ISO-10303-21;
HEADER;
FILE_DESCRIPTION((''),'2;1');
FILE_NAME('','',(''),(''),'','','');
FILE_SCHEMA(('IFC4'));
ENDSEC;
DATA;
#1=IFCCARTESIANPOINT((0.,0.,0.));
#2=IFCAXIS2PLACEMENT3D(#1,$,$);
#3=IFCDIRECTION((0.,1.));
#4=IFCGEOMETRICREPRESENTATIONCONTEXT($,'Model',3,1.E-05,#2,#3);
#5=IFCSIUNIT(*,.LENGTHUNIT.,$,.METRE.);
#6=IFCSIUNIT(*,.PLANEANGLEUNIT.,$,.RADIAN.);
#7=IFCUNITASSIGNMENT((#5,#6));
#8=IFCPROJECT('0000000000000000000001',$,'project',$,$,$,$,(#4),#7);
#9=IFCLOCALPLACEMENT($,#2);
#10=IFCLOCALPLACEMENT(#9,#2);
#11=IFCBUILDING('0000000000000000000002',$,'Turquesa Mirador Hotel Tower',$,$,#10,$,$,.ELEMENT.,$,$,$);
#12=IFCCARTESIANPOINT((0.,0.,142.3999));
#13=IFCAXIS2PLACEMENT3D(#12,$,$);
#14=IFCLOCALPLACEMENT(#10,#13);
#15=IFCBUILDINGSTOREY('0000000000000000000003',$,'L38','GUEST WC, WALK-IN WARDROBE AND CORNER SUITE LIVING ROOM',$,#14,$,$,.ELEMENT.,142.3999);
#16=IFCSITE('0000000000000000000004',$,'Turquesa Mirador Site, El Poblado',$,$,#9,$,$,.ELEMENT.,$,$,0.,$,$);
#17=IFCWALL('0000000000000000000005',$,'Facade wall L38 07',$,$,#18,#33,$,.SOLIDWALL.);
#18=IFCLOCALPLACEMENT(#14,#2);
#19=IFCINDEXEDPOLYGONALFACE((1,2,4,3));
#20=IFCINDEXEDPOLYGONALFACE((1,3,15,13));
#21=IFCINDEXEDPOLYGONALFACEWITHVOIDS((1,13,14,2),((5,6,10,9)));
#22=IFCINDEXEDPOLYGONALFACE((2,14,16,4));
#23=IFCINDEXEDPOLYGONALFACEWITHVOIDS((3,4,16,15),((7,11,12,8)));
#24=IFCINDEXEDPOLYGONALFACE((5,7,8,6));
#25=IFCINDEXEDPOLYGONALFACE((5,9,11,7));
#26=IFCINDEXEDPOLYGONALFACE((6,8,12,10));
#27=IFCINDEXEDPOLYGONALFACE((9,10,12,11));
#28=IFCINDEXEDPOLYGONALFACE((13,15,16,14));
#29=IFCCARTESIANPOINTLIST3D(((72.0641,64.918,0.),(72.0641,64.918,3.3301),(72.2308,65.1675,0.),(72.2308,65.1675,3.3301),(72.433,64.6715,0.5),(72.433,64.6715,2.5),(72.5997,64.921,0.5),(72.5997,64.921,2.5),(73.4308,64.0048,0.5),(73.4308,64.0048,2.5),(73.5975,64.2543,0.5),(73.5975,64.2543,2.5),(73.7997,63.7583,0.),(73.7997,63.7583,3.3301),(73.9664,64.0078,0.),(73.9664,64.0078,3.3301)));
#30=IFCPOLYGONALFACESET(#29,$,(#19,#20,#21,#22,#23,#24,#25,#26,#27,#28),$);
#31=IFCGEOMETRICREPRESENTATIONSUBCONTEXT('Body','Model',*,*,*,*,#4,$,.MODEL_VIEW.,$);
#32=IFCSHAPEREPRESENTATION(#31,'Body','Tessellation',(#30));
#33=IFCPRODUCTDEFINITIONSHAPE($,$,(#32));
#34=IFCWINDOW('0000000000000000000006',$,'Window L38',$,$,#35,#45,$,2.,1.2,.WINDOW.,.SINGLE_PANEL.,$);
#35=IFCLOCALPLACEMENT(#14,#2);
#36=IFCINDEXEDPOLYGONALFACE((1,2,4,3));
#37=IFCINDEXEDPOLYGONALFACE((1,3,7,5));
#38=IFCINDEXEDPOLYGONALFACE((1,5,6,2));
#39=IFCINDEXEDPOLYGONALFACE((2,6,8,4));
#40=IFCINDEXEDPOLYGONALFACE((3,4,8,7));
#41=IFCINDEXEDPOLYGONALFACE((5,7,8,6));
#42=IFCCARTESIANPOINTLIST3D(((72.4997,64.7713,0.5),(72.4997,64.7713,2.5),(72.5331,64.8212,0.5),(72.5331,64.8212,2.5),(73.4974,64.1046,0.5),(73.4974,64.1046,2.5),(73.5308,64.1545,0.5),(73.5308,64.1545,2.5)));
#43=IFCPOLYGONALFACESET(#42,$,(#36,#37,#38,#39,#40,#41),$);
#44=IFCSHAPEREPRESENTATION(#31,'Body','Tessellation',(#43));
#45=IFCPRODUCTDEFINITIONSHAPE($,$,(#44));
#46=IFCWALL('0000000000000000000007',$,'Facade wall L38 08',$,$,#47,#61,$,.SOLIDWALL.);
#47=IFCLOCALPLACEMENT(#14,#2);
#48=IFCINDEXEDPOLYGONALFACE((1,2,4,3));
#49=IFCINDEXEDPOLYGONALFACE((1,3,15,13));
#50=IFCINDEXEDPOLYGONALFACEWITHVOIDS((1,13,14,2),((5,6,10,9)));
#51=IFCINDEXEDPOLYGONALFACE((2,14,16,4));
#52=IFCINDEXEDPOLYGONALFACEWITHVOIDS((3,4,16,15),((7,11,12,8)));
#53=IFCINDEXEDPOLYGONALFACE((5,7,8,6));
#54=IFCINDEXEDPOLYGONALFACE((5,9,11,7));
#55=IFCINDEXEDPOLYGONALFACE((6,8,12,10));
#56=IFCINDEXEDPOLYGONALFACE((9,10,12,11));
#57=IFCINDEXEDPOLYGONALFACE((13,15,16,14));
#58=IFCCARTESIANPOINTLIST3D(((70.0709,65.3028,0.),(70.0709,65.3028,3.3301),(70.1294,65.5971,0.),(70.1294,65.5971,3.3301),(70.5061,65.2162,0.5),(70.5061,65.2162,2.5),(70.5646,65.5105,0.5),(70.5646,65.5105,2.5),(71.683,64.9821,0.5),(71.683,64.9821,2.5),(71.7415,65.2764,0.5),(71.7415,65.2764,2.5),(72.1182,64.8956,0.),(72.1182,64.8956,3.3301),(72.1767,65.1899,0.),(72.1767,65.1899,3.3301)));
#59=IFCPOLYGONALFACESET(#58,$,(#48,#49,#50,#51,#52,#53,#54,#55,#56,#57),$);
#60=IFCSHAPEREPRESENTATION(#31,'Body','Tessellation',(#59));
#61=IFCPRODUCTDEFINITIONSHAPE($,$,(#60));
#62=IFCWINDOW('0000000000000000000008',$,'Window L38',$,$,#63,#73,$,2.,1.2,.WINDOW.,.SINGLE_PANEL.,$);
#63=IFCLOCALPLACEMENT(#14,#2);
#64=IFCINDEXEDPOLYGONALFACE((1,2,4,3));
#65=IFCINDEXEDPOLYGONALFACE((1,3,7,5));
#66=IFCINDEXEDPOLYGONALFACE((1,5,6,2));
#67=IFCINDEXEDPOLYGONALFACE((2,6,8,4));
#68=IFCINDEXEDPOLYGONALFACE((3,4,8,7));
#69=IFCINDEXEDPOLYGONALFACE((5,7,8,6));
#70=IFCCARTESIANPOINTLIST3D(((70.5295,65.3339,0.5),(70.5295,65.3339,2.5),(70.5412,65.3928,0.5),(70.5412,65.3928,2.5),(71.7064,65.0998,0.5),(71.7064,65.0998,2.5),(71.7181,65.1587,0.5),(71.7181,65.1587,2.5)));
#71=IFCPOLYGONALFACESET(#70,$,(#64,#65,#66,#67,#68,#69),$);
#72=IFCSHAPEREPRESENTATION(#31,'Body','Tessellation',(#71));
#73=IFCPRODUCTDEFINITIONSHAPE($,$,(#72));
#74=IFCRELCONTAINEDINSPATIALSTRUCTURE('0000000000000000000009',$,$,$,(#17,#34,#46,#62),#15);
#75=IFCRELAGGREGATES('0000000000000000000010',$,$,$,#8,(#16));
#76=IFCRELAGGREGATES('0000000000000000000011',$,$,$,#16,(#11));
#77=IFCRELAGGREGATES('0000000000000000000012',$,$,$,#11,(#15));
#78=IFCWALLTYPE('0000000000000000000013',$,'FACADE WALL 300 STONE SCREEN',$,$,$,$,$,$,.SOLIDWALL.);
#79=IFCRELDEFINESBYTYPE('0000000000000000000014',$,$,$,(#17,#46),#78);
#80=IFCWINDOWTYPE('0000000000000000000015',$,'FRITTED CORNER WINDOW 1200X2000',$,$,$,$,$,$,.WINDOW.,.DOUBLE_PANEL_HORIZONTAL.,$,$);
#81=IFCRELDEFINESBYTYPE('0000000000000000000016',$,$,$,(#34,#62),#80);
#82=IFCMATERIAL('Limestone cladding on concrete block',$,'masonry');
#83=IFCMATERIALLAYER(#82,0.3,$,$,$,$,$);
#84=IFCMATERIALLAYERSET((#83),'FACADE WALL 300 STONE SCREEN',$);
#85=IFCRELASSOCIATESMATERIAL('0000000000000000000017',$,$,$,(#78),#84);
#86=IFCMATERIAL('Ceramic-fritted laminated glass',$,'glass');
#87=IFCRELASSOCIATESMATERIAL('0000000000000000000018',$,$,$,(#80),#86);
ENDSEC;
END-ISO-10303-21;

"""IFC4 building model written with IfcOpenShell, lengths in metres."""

from ifc_helpers import new_model, si_unit, direction, frame, frame_2d, origin, place, context, subcontext, project, spatial, rectangle, extrude, material, layer, layer_set, type_object, element, fill, save


model = new_model("IFC4")

# Units and contexts
model_context = context("Model", 3, precision=1e-05, world=origin(), true_north=direction((0.0, 1.0)))
body_context = subcontext(model_context, "Body", "Model", "MODEL_VIEW")
ifc_project = project(units=[si_unit("LENGTHUNIT", "METRE"), si_unit("PLANEANGLEUNIT", "RADIAN")], contexts=[model_context])

# Site, building, storey
site_placement = place(None, origin())
site = spatial("IfcSite", under=ifc_project, at=site_placement, Name="Turquesa Mirador Site, El Poblado", CompositionType="ELEMENT", RefElevation=0.0)
building_placement = place(site_placement, origin())
building = spatial("IfcBuilding", under=site, at=building_placement, Name="Turquesa Mirador Hotel Tower", CompositionType="ELEMENT")
storey_placement = place(building_placement, frame((0.0, 0.0, 142.3999)))
storey = spatial("IfcBuildingStorey", under=building, at=storey_placement, Name="L38", Description="GUEST WC, WALK-IN WARDROBE AND CORNER SUITE LIVING ROOM", CompositionType="ELEMENT", Elevation=142.3999)

# Walls, openings, windows
ifc_material_1 = material(Name="Limestone cladding on concrete block", Category="masonry")
ifc_layer = layer(ifc_material_1, 0.3)
ifc_layer_set = layer_set([ifc_layer], Name="FACADE WALL 300 STONE SCREEN")
wall_type = type_object("IfcWallType", Name="FACADE WALL 300 STONE SCREEN", PredefinedType="SOLIDWALL", material=ifc_layer_set)
ifc_material_2 = material(Name="Ceramic-fritted laminated glass", Category="glass")
window_type = type_object("IfcWindowType", Name="FRITTED CORNER WINDOW 1200X2000", PartitioningType="DOUBLE_PANEL_HORIZONTAL", PredefinedType="WINDOW", material=ifc_material_2)
wall_1_placement = place(storey_placement, frame((73.8831, 63.8831, 0.0), z_axis=(0.0, 0.0, 1.0), x_axis=(-0.831474, 0.555564, 0.0)))
wall_1 = element("IfcWall", 1, at=wall_1_placement, inside=storey, type_object=wall_type, Name="Facade wall L38 07", PredefinedType="SOLIDWALL", context=body_context, shape_type="SweptSolid", body=[
    extrude(rectangle(XDim=2.0874, YDim=0.3, at=frame_2d((1.0437, 0.0))), origin(), (0.0, 0.0, 1.0), 3.3301),
])
opening_1_placement = place(wall_1_placement, frame((0.4436, 0.0, 0.5)))
opening_1 = element("IfcOpeningElement", 2, at=opening_1_placement, cuts=wall_1, PredefinedType="OPENING", context=body_context, shape_type="SweptSolid", body=[
    extrude(rectangle(XDim=1.2, YDim=2.0, at=frame_2d((0.6001, 1.0))), frame((0.0, 0.1599, 0.0), z_axis=(0.0, -1.0, 0.0), x_axis=(1.0, 0.0, 0.0)), (0.0, 0.0, 1.0), 0.3201),
])
window_1_placement = place(opening_1_placement, origin())
window_1 = element("IfcWindow", 3, at=window_1_placement, inside=storey, type_object=window_type, Name="Window L38", OverallHeight=2.0, OverallWidth=1.2, PartitioningType="SINGLE_PANEL", PredefinedType="WINDOW", context=body_context, shape_type="SweptSolid", body=[
    extrude(rectangle(XDim=1.2, YDim=2.0, at=frame_2d((0.6001, 1.0))), frame((0.0, 0.03, 0.0), z_axis=(0.0, -1.0, 0.0), x_axis=(1.0, 0.0, 0.0)), (0.0, 0.0, 1.0), 0.0601),
])
fill(opening_1, window_1)
wall_2_placement = place(storey_placement, frame((72.1475, 65.0427, 0.0), z_axis=(0.0, 0.0, 1.0), x_axis=(-0.980787, 0.195081, 0.0)))
wall_2 = element("IfcWall", 4, at=wall_2_placement, inside=storey, type_object=wall_type, Name="Facade wall L38 08", PredefinedType="SOLIDWALL", context=body_context, shape_type="SweptSolid", body=[
    extrude(rectangle(XDim=2.0874, YDim=0.3, at=frame_2d((1.0437, 0.0))), origin(), (0.0, 0.0, 1.0), 3.3301),
])
opening_2_placement = place(wall_2_placement, frame((0.4436, 0.0, 0.5)))
opening_2 = element("IfcOpeningElement", 5, at=opening_2_placement, cuts=wall_2, PredefinedType="OPENING", context=body_context, shape_type="SweptSolid", body=[
    extrude(rectangle(XDim=1.2, YDim=2.0, at=frame_2d((0.6001, 1.0))), frame((0.0, 0.1599, 0.0), z_axis=(0.0, -1.0, 0.0), x_axis=(1.0, 0.0, 0.0)), (0.0, 0.0, 1.0), 0.3201),
])
window_2_placement = place(opening_2_placement, origin())
window_2 = element("IfcWindow", 6, at=window_2_placement, inside=storey, type_object=window_type, Name="Window L38", OverallHeight=2.0, OverallWidth=1.2, PartitioningType="SINGLE_PANEL", PredefinedType="WINDOW", context=body_context, shape_type="SweptSolid", body=[
    extrude(rectangle(XDim=1.2, YDim=2.0, at=frame_2d((0.6001, 1.0))), frame((0.0, 0.03, 0.0), z_axis=(0.0, -1.0, 0.0), x_axis=(1.0, 0.0, 0.0)), (0.0, 0.0, 1.0), 0.0601),
])
fill(opening_2, window_2)

save(model, "model.ifc")
